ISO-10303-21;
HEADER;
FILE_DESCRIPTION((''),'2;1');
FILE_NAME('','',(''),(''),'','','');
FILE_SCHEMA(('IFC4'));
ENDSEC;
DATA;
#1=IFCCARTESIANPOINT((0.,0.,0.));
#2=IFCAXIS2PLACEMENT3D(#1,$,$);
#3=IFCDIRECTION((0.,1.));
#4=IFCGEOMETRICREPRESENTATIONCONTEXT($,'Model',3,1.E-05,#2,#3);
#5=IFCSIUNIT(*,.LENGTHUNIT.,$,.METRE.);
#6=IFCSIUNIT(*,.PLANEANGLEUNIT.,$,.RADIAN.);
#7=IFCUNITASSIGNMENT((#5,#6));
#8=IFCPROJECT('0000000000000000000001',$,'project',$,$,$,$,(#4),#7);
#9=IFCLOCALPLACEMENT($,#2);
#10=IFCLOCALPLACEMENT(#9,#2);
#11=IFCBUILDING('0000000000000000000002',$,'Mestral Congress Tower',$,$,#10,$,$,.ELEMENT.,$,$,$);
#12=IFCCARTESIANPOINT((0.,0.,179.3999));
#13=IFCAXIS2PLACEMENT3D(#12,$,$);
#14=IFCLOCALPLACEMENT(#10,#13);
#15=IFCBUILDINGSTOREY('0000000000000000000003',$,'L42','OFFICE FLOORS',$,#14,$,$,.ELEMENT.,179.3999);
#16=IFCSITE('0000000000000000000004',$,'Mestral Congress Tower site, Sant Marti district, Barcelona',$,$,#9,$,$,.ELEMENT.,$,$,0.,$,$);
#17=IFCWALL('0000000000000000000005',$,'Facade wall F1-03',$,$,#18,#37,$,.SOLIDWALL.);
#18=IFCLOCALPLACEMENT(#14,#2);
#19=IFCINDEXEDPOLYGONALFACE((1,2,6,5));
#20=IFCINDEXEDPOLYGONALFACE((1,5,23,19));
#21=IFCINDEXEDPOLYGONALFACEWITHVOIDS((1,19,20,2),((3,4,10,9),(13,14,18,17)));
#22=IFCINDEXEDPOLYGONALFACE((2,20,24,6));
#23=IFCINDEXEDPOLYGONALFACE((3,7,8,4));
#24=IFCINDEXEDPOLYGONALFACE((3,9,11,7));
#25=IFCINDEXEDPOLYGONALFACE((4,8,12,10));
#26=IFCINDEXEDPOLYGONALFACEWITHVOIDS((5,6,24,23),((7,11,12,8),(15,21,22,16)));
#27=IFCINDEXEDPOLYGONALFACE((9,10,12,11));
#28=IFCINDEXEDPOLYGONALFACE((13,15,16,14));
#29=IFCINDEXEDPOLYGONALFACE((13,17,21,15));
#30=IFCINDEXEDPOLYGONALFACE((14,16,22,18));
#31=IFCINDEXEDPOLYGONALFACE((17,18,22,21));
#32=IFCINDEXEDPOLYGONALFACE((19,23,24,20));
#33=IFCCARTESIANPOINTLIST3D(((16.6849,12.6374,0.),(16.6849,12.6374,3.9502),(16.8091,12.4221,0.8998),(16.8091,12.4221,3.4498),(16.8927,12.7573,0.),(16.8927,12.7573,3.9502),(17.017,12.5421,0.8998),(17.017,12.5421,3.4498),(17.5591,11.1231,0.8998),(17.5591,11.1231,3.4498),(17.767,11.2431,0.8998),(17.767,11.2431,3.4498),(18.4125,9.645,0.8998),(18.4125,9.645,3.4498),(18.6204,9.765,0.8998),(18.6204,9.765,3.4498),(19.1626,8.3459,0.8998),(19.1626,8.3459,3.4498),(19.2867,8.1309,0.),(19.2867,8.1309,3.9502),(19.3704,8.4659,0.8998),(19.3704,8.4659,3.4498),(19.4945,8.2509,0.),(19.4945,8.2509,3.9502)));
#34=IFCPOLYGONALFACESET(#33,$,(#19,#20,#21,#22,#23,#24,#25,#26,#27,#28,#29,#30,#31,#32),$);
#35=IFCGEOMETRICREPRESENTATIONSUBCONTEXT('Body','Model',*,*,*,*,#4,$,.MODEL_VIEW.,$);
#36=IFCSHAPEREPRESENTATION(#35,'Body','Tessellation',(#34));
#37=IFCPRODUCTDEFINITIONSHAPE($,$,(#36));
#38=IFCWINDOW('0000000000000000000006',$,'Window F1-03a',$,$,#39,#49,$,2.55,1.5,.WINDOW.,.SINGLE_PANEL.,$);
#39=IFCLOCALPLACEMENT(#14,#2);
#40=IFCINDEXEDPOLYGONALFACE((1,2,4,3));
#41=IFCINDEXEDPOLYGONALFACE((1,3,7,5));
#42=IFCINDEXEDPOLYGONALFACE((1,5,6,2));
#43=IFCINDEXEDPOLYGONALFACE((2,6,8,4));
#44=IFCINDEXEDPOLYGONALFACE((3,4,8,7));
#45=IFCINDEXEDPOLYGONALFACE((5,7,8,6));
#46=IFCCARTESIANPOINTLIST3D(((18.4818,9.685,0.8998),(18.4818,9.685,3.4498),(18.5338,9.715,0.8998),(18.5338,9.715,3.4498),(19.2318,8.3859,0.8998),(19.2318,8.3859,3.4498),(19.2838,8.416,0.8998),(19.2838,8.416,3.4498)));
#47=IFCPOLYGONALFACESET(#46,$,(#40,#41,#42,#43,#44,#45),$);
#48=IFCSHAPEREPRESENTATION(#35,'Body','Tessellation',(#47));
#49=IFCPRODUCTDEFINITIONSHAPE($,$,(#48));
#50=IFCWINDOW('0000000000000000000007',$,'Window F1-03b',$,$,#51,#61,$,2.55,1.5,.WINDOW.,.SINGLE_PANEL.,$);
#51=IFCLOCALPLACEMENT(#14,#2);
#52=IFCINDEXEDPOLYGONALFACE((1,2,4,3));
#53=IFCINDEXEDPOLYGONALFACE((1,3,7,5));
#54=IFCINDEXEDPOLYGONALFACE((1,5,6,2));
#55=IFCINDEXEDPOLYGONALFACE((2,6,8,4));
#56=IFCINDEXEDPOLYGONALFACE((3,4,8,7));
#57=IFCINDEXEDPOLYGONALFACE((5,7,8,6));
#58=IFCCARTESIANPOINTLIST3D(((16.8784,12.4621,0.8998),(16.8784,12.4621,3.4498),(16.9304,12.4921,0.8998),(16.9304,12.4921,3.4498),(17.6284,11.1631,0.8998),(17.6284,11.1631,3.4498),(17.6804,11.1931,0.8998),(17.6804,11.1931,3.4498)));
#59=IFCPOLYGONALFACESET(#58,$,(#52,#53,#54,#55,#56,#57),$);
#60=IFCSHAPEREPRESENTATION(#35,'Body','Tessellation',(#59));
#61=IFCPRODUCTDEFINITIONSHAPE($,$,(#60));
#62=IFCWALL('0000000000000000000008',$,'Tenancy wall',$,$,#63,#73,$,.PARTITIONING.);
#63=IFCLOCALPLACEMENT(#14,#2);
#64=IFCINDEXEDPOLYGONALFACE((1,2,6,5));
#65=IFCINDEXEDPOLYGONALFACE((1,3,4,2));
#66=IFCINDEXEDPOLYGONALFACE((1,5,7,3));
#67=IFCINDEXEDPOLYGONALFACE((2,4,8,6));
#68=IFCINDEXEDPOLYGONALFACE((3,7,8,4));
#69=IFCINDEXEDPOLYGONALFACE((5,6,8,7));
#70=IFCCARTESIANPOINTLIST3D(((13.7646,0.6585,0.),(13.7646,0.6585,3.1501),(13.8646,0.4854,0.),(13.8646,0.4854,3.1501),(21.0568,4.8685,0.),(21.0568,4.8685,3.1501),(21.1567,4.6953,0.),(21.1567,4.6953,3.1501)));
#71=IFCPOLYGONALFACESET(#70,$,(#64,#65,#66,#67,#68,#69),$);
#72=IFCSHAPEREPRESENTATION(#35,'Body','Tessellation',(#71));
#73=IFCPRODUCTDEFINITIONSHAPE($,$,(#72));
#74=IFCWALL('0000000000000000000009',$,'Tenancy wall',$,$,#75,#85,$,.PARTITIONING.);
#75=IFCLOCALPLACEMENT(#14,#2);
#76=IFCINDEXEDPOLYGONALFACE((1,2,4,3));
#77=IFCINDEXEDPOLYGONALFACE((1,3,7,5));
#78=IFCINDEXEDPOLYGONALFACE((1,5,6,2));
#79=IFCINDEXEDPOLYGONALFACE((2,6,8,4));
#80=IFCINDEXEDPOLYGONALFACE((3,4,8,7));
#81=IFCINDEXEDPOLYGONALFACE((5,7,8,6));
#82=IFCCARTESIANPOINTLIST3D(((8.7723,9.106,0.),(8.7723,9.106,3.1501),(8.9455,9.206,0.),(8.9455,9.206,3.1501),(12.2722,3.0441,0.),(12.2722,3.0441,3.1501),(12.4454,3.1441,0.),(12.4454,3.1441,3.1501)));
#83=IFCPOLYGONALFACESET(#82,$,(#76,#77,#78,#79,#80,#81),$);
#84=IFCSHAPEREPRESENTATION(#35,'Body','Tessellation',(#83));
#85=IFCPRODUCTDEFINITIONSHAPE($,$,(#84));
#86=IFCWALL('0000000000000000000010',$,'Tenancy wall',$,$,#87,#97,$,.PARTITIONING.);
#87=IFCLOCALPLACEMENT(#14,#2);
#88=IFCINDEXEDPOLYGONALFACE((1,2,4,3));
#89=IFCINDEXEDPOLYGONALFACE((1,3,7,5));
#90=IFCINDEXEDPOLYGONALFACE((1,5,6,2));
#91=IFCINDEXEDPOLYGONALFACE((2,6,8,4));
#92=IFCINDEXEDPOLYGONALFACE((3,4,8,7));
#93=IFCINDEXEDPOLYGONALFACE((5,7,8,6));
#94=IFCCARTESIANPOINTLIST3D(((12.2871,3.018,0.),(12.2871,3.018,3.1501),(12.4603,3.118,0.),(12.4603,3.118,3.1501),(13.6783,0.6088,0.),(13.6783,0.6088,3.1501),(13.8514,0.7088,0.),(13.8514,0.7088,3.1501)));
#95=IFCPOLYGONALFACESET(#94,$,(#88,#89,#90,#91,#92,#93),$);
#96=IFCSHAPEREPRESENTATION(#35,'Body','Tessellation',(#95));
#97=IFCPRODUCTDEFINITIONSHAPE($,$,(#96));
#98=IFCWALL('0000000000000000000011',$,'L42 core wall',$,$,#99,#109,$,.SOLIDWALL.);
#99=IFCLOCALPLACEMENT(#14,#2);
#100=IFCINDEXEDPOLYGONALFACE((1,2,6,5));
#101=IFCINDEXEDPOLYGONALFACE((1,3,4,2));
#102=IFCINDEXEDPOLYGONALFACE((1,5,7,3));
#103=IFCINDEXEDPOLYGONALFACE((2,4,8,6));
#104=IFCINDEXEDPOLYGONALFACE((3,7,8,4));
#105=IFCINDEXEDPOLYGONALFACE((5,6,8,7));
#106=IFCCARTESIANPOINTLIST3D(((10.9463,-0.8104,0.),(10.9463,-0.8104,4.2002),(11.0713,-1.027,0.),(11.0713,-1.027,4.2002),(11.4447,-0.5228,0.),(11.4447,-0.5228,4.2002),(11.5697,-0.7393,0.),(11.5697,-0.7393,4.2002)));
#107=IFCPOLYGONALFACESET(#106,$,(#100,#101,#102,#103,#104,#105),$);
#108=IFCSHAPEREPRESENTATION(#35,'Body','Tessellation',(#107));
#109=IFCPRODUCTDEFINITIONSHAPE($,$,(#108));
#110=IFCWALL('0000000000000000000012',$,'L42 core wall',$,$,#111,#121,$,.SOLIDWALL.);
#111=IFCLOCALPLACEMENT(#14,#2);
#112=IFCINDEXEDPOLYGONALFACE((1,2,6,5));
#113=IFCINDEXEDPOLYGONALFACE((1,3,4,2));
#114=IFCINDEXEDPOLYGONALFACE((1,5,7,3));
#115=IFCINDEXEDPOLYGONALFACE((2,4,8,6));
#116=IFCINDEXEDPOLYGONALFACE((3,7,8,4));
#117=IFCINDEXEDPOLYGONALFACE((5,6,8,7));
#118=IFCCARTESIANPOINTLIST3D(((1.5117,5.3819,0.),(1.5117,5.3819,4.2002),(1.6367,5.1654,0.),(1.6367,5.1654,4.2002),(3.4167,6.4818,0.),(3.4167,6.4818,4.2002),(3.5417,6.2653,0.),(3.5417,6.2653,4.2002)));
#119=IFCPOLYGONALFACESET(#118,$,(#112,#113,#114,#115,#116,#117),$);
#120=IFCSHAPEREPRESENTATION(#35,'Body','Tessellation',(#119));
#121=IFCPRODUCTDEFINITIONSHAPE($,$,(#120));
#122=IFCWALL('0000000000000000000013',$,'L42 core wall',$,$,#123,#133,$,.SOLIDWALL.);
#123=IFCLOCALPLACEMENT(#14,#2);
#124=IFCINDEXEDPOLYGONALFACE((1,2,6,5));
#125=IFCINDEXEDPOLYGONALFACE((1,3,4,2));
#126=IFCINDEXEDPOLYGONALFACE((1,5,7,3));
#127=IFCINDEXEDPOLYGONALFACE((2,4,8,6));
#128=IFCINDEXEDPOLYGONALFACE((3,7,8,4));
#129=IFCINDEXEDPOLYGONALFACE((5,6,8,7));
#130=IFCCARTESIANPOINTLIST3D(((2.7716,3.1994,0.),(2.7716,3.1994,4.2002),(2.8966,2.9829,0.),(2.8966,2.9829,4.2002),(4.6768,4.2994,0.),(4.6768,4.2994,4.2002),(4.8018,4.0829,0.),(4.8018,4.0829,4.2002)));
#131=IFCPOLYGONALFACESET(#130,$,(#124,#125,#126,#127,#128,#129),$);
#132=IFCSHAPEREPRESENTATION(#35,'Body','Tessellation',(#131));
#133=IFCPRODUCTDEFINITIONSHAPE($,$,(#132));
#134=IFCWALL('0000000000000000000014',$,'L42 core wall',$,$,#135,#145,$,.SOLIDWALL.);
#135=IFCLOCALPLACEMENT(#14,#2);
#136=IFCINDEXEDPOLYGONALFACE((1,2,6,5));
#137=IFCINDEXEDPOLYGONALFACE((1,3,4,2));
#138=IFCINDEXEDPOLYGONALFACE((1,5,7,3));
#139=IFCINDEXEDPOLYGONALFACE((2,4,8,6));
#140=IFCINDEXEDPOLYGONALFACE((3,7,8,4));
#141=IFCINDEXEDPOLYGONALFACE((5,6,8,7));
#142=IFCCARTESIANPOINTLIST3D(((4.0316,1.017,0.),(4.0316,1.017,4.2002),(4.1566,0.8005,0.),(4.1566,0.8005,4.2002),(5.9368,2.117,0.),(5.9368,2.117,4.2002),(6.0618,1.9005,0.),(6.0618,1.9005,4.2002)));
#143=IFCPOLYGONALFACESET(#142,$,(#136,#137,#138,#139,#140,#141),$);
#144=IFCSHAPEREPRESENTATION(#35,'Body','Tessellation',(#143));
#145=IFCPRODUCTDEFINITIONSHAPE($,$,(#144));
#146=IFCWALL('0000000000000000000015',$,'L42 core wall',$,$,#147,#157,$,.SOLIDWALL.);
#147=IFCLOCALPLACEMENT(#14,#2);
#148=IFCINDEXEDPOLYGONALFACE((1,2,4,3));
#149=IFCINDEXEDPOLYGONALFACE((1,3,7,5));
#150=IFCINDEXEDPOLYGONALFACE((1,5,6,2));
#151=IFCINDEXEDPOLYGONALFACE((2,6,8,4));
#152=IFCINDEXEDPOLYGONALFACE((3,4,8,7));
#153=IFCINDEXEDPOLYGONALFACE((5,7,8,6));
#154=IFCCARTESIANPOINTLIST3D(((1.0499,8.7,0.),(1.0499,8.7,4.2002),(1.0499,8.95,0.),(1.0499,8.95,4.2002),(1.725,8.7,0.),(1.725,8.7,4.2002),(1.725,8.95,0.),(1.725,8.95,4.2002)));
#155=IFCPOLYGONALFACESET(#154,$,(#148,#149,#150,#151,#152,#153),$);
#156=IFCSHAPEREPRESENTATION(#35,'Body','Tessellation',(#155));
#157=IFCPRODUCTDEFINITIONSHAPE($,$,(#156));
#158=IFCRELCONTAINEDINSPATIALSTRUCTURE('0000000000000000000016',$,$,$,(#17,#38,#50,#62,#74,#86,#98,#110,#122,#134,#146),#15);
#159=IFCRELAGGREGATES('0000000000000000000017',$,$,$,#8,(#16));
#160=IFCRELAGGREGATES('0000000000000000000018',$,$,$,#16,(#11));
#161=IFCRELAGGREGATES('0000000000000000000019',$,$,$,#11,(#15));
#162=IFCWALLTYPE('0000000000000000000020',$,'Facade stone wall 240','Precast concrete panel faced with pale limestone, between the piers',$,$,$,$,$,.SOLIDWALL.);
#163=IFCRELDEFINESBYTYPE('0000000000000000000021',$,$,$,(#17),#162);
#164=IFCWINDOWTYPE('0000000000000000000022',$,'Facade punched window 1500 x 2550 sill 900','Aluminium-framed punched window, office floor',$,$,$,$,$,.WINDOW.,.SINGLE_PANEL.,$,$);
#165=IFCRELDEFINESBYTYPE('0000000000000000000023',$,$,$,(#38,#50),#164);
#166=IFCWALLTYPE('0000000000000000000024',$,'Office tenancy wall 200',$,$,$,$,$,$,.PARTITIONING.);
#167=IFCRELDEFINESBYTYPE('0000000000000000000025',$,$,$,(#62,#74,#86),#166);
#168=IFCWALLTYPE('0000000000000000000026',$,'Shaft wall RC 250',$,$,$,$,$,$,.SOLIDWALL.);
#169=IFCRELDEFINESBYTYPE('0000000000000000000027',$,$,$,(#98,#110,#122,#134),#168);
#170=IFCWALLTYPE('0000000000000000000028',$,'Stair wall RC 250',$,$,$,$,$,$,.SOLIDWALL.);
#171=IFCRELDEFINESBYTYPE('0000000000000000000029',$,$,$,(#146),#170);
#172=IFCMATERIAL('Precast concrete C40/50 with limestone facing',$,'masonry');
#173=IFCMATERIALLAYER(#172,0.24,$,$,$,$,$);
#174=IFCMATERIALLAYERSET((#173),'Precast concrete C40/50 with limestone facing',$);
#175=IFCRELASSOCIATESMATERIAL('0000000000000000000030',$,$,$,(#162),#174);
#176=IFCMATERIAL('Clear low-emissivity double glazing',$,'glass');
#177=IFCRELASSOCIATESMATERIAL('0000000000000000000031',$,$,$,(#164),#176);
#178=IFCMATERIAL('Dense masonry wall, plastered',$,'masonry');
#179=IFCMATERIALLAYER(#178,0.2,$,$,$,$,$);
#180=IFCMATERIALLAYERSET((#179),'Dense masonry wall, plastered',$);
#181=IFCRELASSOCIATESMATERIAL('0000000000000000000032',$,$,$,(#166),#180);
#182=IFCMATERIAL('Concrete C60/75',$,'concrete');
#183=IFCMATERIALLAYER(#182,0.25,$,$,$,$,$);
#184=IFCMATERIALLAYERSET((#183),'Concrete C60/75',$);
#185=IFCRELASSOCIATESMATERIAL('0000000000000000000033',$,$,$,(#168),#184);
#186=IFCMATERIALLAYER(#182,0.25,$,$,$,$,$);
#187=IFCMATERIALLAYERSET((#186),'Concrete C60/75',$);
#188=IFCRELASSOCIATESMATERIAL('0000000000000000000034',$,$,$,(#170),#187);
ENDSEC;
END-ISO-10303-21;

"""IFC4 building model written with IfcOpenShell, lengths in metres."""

from ifc_helpers import new_model, si_unit, direction, frame, frame_2d, origin, place, context, subcontext, project, spatial, rectangle, extrude, material, layer, layer_set, type_object, element, fill, save


model = new_model("IFC4")

# Units and contexts
model_context = context("Model", 3, precision=1e-05, world=origin(), true_north=direction((0.0, 1.0)))
body_context = subcontext(model_context, "Body", "Model", "MODEL_VIEW")
ifc_project = project(units=[si_unit("LENGTHUNIT", "METRE"), si_unit("PLANEANGLEUNIT", "RADIAN")], contexts=[model_context])

# Site, building, storey
site_placement = place(None, origin())
site = spatial("IfcSite", under=ifc_project, at=site_placement, Name="Mestral Congress Tower site, Sant Marti district, Barcelona", CompositionType="ELEMENT", RefElevation=0.0)
building_placement = place(site_placement, origin())
building = spatial("IfcBuilding", under=site, at=building_placement, Name="Mestral Congress Tower", CompositionType="ELEMENT")
storey_placement = place(building_placement, frame((0.0, 0.0, 179.3999)))
storey = spatial("IfcBuildingStorey", under=building, at=storey_placement, Name="L42", Description="OFFICE FLOORS", CompositionType="ELEMENT", Elevation=179.3999)

# Shared definitions
ifc_material_1 = material(Name="Concrete C60/75", Category="concrete")

# Wall, openings, windows
ifc_material_2 = material(Name="Precast concrete C40/50 with limestone facing", Category="masonry")
ifc_layer_1 = layer(ifc_material_2, 0.24)
ifc_layer_set_1 = layer_set([ifc_layer_1], Name="Precast concrete C40/50 with limestone facing")
wall_type_1 = type_object("IfcWallType", Name="Facade stone wall 240", Description="Precast concrete panel faced with pale limestone, between the piers", PredefinedType="SOLIDWALL", material=ifc_layer_set_1)
ifc_material_3 = material(Name="Clear low-emissivity double glazing", Category="glass")
window_type = type_object("IfcWindowType", Name="Facade punched window 1500 x 2550 sill 900", Description="Aluminium-framed punched window, office floor", PartitioningType="SINGLE_PANEL", PredefinedType="WINDOW", material=ifc_material_3)
wall_1_placement = place(storey_placement, frame((19.3906, 8.1909, 0.0), z_axis=(0.0, 0.0, 1.0), x_axis=(-0.500009, 0.86602, 0.0)))
wall_1 = element("IfcWall", 1, at=wall_1_placement, inside=storey, type_object=wall_type_1, Name="Facade wall F1-03", PredefinedType="SOLIDWALL", context=body_context, shape_type="SweptSolid", body=[
    extrude(rectangle(XDim=5.2036, YDim=0.24, at=frame_2d((2.6018, 0.0))), origin(), (0.0, 0.0, 1.0), 3.9502),
])
opening_1_placement = place(wall_1_placement, frame((0.2483, 0.0, 0.8999)))
opening_1 = element("IfcOpeningElement", 2, at=opening_1_placement, cuts=wall_1, PredefinedType="OPENING", context=body_context, shape_type="SweptSolid", body=[
    extrude(rectangle(XDim=1.5, YDim=2.55, at=frame_2d((0.75, 1.2749))), frame((0.0, 0.1299, 0.0), z_axis=(0.0, -1.0, 0.0), x_axis=(1.0, 0.0, 0.0)), (0.0, 0.0, 1.0), 0.26),
])
opening_2_placement = place(wall_1_placement, frame((3.4551, 0.0, 0.8999)))
opening_2 = element("IfcOpeningElement", 3, at=opening_2_placement, cuts=wall_1, PredefinedType="OPENING", context=body_context, shape_type="SweptSolid", body=[
    extrude(rectangle(XDim=1.5, YDim=2.55, at=frame_2d((0.75, 1.2749))), frame((0.0, 0.1299, 0.0), z_axis=(0.0, -1.0, 0.0), x_axis=(1.0, 0.0, 0.0)), (0.0, 0.0, 1.0), 0.26),
])
window_1_placement = place(opening_1_placement, origin())
window_1 = element("IfcWindow", 4, at=window_1_placement, inside=storey, type_object=window_type, Name="Window F1-03a", OverallHeight=2.55, OverallWidth=1.5, PartitioningType="SINGLE_PANEL", PredefinedType="WINDOW", context=body_context, shape_type="SweptSolid", body=[
    extrude(rectangle(XDim=1.5, YDim=2.55, at=frame_2d((0.75, 1.2749))), frame((0.0, 0.04, 0.0), z_axis=(0.0, -1.0, 0.0), x_axis=(1.0, 0.0, 0.0)), (0.0, 0.0, 1.0), 0.0601),
])
fill(opening_1, window_1)
window_2_placement = place(opening_2_placement, origin())
window_2 = element("IfcWindow", 5, at=window_2_placement, inside=storey, type_object=window_type, Name="Window F1-03b", OverallHeight=2.55, OverallWidth=1.5, PartitioningType="SINGLE_PANEL", PredefinedType="WINDOW", context=body_context, shape_type="SweptSolid", body=[
    extrude(rectangle(XDim=1.5, YDim=2.55, at=frame_2d((0.75, 1.2749))), frame((0.0, 0.04, 0.0), z_axis=(0.0, -1.0, 0.0), x_axis=(1.0, 0.0, 0.0)), (0.0, 0.0, 1.0), 0.0601),
])
fill(opening_2, window_2)

# Walls
ifc_material_4 = material(Name="Dense masonry wall, plastered", Category="masonry")
ifc_layer_2 = layer(ifc_material_4, 0.2)
ifc_layer_set_2 = layer_set([ifc_layer_2], Name="Dense masonry wall, plastered")
wall_type_2 = type_object("IfcWallType", Name="Office tenancy wall 200", PredefinedType="PARTITIONING", material=ifc_layer_set_2)
wall_2_placement = place(storey_placement, frame((13.8147, 0.572, 0.0), z_axis=(0.0, 0.0, 1.0), x_axis=(0.866036, 0.499981, 0.0)))
element("IfcWall", 6, at=wall_2_placement, inside=storey, type_object=wall_type_2, Name="Tenancy wall", PredefinedType="PARTITIONING", context=body_context, shape_type="SweptSolid", body=[
    extrude(rectangle(XDim=8.4202, YDim=0.2, at=frame_2d((4.21, 0.0))), origin(), (0.0, 0.0, 1.0), 3.1501),
])
wall_3_placement = place(storey_placement, frame((12.3589, 3.094, 0.0), z_axis=(0.0, 0.0, 1.0), x_axis=(-0.50001, 0.866019, 0.0)))
element("IfcWall", 7, at=wall_3_placement, inside=storey, type_object=wall_type_2, Name="Tenancy wall", PredefinedType="PARTITIONING", context=body_context, shape_type="SweptSolid", body=[
    extrude(rectangle(XDim=6.9998, YDim=0.2, at=frame_2d((3.5, 0.0))), origin(), (0.0, 0.0, 1.0), 3.1501),
])
wall_4_placement = place(storey_placement, frame((13.7649, 0.6587, 0.0), z_axis=(0.0, 0.0, 1.0), x_axis=(-0.500047, 0.865999, 0.0)))
element("IfcWall", 8, at=wall_4_placement, inside=storey, type_object=wall_type_2, Name="Tenancy wall", PredefinedType="PARTITIONING", context=body_context, shape_type="SweptSolid", body=[
    extrude(rectangle(XDim=2.782, YDim=0.2, at=frame_2d((1.3911, 0.0))), origin(), (0.0, 0.0, 1.0), 3.1501),
])
ifc_layer_3 = layer(ifc_material_1, 0.25)
ifc_layer_set_3 = layer_set([ifc_layer_3], Name="Concrete C60/75")
wall_type_3 = type_object("IfcWallType", Name="Shaft wall RC 250", PredefinedType="SOLIDWALL", material=ifc_layer_set_3)
wall_5_placement = place(storey_placement, frame((11.5071, -0.6311, 0.0), z_axis=(0.0, 0.0, 1.0), x_axis=(-0.866094, -0.499882, 0.0)))
element("IfcWall", 9, at=wall_5_placement, inside=storey, type_object=wall_type_3, Name="L42 core wall", PredefinedType="SOLIDWALL", context=body_context, shape_type="SweptSolid", body=[
    extrude(rectangle(XDim=0.5754, YDim=0.25, at=frame_2d((0.2876, 0.0))), origin(), (0.0, 0.0, 1.0), 4.2002),
])
wall_6_placement = place(storey_placement, frame((1.5742, 5.2737, 0.0), z_axis=(0.0, 0.0, 1.0), x_axis=(0.866028, 0.499995, 0.0)))
element("IfcWall", 10, at=wall_6_placement, inside=storey, type_object=wall_type_3, Name="L42 core wall", PredefinedType="SOLIDWALL", context=body_context, shape_type="SweptSolid", body=[
    extrude(rectangle(XDim=2.1997, YDim=0.25, at=frame_2d((1.0999, 0.0))), origin(), (0.0, 0.0, 1.0), 4.2002),
])
for number, where, z_axis, x_axis, name in (
    (11, (2.834, 3.0911, 0.0), (0.0, 0.0, 1.0), (0.866008, 0.50003, 0.0), "L42 core wall"),
    (12, (4.094, 0.9087, 0.0), (0.0, 0.0, 1.0), (0.866008, 0.50003, 0.0), "L42 core wall"),
):
    element("IfcWall", number, at=place(storey_placement, frame(where, z_axis=z_axis, x_axis=x_axis)), inside=storey, type_object=wall_type_3, Name=name, PredefinedType="SOLIDWALL", context=body_context, shape_type="SweptSolid", body=[
        extrude(rectangle(XDim=2.2, YDim=0.25, at=frame_2d((1.1001, 0.0))), origin(), (0.0, 0.0, 1.0), 4.2002),
    ])
ifc_layer_4 = layer(ifc_material_1, 0.25)
ifc_layer_set_4 = layer_set([ifc_layer_4], Name="Concrete C60/75")
wall_type_4 = type_object("IfcWallType", Name="Stair wall RC 250", PredefinedType="SOLIDWALL", material=ifc_layer_set_4)
wall_7_placement = place(storey_placement, frame((1.05, 8.825, 0.0), z_axis=(0.0, 0.0, 1.0), x_axis=(1.0, 0.0, 0.0)))
element("IfcWall", 13, at=wall_7_placement, inside=storey, type_object=wall_type_4, Name="L42 core wall", PredefinedType="SOLIDWALL", context=body_context, shape_type="SweptSolid", body=[
    extrude(rectangle(XDim=0.675, YDim=0.25, at=frame_2d((0.3374, 0.0))), origin(), (0.0, 0.0, 1.0), 4.2002),
])

save(model, "model.ifc")
